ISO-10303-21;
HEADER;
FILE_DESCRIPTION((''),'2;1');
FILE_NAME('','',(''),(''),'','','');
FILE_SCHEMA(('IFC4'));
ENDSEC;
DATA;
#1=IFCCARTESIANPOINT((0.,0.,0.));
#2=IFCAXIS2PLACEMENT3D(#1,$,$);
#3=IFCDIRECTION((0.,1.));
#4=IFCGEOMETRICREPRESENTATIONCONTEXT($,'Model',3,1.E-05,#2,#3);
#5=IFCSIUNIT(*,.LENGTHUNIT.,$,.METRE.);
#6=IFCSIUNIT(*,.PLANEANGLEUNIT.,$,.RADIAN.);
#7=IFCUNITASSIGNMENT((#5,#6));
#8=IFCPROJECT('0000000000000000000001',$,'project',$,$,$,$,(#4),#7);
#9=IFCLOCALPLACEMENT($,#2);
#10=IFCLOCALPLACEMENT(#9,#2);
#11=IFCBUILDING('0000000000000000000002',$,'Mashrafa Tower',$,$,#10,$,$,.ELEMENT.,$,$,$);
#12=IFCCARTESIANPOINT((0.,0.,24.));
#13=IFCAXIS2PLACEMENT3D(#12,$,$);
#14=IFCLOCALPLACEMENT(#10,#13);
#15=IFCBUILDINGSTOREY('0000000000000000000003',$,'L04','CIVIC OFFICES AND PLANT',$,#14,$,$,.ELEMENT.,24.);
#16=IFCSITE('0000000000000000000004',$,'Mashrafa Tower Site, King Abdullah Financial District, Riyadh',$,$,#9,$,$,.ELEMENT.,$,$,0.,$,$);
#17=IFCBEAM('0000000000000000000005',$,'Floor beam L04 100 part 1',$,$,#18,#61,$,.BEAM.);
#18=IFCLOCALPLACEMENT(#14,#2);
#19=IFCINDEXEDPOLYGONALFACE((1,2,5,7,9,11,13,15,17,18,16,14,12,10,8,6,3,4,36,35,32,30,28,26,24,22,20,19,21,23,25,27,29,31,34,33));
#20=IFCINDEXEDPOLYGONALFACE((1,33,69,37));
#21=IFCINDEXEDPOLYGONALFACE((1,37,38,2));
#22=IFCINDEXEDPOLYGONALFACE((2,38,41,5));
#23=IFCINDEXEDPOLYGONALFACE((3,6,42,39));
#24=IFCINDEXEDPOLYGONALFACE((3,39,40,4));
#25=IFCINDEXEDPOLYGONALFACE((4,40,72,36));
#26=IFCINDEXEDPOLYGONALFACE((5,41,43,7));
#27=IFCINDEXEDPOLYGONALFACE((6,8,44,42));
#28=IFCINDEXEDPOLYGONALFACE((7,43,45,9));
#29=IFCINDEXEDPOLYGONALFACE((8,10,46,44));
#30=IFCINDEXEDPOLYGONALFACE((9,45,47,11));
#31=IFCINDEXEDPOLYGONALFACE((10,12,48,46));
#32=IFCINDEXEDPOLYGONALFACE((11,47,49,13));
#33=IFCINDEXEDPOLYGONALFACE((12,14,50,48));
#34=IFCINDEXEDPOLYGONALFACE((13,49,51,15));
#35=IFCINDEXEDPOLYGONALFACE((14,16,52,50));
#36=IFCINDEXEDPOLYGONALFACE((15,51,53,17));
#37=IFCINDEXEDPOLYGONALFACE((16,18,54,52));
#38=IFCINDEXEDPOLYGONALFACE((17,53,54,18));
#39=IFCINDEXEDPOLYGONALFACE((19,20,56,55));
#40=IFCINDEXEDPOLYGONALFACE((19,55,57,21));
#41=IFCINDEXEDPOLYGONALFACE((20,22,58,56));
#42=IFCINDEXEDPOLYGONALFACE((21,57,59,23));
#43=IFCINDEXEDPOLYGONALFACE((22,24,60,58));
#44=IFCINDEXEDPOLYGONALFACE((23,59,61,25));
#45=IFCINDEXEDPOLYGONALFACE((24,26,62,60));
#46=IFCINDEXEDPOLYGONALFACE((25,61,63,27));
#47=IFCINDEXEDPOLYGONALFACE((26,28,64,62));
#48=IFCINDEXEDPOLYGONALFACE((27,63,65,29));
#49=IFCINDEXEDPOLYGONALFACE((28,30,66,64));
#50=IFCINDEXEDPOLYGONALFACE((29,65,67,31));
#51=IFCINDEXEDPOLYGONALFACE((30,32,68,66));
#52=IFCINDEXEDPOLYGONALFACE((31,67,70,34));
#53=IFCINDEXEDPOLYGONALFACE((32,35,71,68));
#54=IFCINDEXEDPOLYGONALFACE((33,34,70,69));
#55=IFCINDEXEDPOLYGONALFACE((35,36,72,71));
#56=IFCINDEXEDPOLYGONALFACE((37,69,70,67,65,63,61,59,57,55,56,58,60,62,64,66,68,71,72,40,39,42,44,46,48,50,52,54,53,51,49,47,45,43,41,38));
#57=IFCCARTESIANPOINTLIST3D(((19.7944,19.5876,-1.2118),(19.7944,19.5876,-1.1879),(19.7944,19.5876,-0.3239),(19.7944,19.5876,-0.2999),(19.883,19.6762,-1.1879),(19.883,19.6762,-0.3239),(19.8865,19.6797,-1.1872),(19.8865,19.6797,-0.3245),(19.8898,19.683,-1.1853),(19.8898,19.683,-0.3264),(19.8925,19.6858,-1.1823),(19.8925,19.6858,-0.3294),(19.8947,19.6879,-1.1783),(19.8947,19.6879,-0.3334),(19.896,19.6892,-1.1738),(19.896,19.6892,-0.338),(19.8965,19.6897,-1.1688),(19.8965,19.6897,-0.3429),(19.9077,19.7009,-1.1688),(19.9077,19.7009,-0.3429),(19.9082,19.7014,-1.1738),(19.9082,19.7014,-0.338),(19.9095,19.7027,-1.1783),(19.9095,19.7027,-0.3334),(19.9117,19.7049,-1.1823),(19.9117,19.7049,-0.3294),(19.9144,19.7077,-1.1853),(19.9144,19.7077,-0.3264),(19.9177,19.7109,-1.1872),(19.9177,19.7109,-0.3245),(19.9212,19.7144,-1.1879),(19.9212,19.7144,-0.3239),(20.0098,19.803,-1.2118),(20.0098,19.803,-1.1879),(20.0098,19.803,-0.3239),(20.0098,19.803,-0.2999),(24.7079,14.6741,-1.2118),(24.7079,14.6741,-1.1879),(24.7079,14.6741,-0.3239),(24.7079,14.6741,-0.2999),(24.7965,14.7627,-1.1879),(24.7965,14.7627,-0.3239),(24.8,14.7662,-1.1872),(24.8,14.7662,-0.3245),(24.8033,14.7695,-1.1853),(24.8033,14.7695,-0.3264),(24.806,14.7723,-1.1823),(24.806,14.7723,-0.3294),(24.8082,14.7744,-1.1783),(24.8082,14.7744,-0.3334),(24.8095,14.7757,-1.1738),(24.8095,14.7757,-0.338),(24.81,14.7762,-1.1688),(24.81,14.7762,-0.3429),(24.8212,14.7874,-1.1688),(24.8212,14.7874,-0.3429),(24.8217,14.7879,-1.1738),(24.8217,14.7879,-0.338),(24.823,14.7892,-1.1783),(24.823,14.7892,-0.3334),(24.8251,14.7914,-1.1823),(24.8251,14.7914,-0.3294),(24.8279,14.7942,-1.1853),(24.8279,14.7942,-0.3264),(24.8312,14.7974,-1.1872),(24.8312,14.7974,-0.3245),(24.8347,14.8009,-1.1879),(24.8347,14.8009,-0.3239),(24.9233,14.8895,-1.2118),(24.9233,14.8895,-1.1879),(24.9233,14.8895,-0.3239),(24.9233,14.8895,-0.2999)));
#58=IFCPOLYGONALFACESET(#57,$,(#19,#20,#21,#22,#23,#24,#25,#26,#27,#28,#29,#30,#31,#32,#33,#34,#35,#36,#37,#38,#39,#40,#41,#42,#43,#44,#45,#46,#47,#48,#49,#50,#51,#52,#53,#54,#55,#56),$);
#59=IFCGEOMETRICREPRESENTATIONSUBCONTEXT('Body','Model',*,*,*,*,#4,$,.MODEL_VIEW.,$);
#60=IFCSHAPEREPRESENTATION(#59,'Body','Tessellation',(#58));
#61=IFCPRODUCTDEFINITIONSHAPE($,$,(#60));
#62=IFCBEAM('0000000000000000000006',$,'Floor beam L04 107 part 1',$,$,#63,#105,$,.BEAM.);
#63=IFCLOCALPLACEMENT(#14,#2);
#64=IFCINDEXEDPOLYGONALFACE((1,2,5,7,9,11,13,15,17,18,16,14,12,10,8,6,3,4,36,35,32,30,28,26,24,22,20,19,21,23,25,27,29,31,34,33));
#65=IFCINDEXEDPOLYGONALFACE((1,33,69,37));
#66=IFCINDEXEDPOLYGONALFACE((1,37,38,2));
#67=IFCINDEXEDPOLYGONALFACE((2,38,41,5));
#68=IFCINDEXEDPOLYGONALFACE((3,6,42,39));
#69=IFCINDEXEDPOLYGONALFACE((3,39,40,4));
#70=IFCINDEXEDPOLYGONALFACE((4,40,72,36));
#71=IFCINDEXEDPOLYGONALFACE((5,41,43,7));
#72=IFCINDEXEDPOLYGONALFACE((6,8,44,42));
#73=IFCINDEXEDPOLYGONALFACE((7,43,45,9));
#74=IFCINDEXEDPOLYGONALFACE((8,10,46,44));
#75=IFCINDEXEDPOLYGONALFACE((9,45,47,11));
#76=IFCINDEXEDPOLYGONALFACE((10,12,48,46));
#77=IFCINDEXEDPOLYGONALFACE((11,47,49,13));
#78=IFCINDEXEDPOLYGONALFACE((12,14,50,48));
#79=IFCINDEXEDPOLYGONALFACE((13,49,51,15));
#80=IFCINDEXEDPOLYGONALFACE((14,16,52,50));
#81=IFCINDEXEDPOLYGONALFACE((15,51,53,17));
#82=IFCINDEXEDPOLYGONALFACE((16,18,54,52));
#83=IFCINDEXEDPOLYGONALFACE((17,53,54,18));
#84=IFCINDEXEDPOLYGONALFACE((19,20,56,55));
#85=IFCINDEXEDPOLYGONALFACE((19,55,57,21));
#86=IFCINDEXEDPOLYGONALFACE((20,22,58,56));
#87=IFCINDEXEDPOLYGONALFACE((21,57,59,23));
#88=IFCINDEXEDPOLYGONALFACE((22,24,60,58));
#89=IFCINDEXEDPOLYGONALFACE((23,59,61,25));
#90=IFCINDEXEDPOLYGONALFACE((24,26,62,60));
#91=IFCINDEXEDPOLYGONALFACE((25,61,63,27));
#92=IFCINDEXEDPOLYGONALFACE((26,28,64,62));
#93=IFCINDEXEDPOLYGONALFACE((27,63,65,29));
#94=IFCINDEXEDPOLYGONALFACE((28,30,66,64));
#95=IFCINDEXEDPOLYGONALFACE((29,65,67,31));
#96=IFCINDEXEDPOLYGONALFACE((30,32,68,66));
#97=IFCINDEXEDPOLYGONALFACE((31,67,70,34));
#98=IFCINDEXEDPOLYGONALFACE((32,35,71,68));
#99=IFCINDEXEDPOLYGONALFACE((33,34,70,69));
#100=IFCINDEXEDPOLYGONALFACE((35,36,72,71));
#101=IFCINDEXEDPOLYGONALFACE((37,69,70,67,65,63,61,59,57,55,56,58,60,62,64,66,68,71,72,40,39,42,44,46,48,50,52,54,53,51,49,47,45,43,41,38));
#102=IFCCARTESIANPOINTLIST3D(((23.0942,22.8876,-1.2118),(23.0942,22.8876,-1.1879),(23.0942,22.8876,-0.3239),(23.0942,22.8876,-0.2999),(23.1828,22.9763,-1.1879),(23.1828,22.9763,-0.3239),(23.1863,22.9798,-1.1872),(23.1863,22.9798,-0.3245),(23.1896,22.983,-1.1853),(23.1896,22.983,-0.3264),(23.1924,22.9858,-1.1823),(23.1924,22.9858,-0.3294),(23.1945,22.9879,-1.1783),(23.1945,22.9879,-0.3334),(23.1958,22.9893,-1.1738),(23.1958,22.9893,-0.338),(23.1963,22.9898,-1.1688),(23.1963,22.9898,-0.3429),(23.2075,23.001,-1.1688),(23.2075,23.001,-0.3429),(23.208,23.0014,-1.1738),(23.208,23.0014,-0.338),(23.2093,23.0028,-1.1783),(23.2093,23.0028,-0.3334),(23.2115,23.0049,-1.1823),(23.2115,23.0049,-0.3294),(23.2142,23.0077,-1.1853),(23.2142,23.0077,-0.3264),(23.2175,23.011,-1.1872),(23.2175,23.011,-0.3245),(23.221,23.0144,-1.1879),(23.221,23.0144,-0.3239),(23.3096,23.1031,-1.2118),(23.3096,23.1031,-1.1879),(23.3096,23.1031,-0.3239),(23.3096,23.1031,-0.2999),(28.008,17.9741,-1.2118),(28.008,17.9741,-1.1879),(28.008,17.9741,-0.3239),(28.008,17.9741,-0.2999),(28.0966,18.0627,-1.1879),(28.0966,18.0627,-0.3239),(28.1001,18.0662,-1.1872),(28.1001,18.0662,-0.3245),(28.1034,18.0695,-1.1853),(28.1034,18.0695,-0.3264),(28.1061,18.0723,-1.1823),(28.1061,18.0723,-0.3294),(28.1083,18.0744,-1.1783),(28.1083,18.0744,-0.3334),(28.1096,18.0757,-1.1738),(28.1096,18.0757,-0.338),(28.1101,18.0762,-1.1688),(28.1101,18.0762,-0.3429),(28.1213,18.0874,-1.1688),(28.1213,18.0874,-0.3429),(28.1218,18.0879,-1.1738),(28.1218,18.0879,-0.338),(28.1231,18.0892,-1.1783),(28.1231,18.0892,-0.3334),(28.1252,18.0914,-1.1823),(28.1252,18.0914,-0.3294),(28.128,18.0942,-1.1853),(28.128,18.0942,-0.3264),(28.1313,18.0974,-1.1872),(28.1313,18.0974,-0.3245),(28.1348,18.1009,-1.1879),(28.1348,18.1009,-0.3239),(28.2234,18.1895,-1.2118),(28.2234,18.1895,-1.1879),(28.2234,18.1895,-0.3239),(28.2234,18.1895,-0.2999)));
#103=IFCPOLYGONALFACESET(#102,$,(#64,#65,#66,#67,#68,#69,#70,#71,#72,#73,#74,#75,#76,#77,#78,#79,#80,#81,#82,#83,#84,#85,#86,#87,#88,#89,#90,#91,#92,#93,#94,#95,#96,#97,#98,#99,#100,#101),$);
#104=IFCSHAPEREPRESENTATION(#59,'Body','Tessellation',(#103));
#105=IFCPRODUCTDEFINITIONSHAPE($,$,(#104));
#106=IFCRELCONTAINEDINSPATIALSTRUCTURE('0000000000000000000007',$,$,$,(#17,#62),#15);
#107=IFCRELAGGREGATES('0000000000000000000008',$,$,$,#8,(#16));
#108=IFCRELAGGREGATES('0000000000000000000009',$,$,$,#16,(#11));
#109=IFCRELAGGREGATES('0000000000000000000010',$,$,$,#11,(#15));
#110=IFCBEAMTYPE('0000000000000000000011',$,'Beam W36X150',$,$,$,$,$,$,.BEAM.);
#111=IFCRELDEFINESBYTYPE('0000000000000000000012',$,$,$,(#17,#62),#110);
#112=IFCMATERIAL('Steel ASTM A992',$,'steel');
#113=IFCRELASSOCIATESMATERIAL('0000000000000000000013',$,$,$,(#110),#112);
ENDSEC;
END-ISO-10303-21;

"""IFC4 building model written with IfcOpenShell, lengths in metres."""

from ifc_helpers import new_model, si_unit, direction, frame, origin, origin_2d, place, context, subcontext, project, spatial, i_section, extrude, material, material_profile, profile_set, type_object, element, save


model = new_model("IFC4")

# Units and contexts
model_context = context("Model", 3, precision=1e-05, world=origin(), true_north=direction((0.0, 1.0)))
body_context = subcontext(model_context, "Body", "Model", "MODEL_VIEW")
ifc_project = project(units=[si_unit("LENGTHUNIT", "METRE"), si_unit("PLANEANGLEUNIT", "RADIAN")], contexts=[model_context])

# Site, building, storey
site_placement = place(None, origin())
site = spatial("IfcSite", under=ifc_project, at=site_placement, Name="Mashrafa Tower Site, King Abdullah Financial District, Riyadh", CompositionType="ELEMENT", RefElevation=0.0)
building_placement = place(site_placement, origin())
building = spatial("IfcBuilding", under=site, at=building_placement, Name="Mashrafa Tower", CompositionType="ELEMENT")
storey_placement = place(building_placement, frame((0.0, 0.0, 24.0)))
storey = spatial("IfcBuildingStorey", under=building, at=storey_placement, Name="L04", Description="CIVIC OFFICES AND PLANT", CompositionType="ELEMENT", Elevation=24.0)

# Beams
ifc_material_1 = material(Name="Steel ASTM A992", Category="steel")
ifc_material_profile_1 = material_profile(ifc_material_1, i_section(OverallWidth=0.3047, OverallDepth=0.9119, WebThickness=0.0159, FlangeThickness=0.0239, FilletRadius=0.019, at=origin_2d()), Name="W36X150")
ifc_profile_set_1 = profile_set([ifc_material_profile_1], Name="Steel ASTM A992")
beam_type_1 = type_object("IfcBeamType", Name="Beam W36X150", PredefinedType="BEAM", material=ifc_profile_set_1)
beam_1_placement = place(storey_placement, frame((19.9021, 19.6953, -0.7559), z_axis=(0.707107, -0.707107, 0.0), x_axis=(0.707107, 0.707107, 0.0)))
element("IfcBeam", 1, at=beam_1_placement, inside=storey, type_object=beam_type_1, Name="Floor beam L04 100 part 1", PredefinedType="BEAM", context=body_context, shape_type="SweptSolid", body=[
    extrude(i_section(OverallWidth=0.3047, OverallDepth=0.9119, WebThickness=0.0159, FlangeThickness=0.0239, FilletRadius=0.019, at=origin_2d()), origin(), (0.0, 0.0, 1.0), 6.9487),
])
beam_2_placement = place(storey_placement, frame((23.2019, 22.9954, -0.7559), z_axis=(0.707124, -0.707089, 0.0), x_axis=(0.707089, 0.707124, 0.0)))
element("IfcBeam", 2, at=beam_2_placement, inside=storey, type_object=beam_type_1, Name="Floor beam L04 107 part 1", PredefinedType="BEAM", context=body_context, shape_type="SweptSolid", body=[
    extrude(i_section(OverallWidth=0.3047, OverallDepth=0.9119, WebThickness=0.0159, FlangeThickness=0.0239, FilletRadius=0.019, at=origin_2d()), origin(), (0.0, 0.0, 1.0), 6.949),
])

save(model, "model.ifc")
